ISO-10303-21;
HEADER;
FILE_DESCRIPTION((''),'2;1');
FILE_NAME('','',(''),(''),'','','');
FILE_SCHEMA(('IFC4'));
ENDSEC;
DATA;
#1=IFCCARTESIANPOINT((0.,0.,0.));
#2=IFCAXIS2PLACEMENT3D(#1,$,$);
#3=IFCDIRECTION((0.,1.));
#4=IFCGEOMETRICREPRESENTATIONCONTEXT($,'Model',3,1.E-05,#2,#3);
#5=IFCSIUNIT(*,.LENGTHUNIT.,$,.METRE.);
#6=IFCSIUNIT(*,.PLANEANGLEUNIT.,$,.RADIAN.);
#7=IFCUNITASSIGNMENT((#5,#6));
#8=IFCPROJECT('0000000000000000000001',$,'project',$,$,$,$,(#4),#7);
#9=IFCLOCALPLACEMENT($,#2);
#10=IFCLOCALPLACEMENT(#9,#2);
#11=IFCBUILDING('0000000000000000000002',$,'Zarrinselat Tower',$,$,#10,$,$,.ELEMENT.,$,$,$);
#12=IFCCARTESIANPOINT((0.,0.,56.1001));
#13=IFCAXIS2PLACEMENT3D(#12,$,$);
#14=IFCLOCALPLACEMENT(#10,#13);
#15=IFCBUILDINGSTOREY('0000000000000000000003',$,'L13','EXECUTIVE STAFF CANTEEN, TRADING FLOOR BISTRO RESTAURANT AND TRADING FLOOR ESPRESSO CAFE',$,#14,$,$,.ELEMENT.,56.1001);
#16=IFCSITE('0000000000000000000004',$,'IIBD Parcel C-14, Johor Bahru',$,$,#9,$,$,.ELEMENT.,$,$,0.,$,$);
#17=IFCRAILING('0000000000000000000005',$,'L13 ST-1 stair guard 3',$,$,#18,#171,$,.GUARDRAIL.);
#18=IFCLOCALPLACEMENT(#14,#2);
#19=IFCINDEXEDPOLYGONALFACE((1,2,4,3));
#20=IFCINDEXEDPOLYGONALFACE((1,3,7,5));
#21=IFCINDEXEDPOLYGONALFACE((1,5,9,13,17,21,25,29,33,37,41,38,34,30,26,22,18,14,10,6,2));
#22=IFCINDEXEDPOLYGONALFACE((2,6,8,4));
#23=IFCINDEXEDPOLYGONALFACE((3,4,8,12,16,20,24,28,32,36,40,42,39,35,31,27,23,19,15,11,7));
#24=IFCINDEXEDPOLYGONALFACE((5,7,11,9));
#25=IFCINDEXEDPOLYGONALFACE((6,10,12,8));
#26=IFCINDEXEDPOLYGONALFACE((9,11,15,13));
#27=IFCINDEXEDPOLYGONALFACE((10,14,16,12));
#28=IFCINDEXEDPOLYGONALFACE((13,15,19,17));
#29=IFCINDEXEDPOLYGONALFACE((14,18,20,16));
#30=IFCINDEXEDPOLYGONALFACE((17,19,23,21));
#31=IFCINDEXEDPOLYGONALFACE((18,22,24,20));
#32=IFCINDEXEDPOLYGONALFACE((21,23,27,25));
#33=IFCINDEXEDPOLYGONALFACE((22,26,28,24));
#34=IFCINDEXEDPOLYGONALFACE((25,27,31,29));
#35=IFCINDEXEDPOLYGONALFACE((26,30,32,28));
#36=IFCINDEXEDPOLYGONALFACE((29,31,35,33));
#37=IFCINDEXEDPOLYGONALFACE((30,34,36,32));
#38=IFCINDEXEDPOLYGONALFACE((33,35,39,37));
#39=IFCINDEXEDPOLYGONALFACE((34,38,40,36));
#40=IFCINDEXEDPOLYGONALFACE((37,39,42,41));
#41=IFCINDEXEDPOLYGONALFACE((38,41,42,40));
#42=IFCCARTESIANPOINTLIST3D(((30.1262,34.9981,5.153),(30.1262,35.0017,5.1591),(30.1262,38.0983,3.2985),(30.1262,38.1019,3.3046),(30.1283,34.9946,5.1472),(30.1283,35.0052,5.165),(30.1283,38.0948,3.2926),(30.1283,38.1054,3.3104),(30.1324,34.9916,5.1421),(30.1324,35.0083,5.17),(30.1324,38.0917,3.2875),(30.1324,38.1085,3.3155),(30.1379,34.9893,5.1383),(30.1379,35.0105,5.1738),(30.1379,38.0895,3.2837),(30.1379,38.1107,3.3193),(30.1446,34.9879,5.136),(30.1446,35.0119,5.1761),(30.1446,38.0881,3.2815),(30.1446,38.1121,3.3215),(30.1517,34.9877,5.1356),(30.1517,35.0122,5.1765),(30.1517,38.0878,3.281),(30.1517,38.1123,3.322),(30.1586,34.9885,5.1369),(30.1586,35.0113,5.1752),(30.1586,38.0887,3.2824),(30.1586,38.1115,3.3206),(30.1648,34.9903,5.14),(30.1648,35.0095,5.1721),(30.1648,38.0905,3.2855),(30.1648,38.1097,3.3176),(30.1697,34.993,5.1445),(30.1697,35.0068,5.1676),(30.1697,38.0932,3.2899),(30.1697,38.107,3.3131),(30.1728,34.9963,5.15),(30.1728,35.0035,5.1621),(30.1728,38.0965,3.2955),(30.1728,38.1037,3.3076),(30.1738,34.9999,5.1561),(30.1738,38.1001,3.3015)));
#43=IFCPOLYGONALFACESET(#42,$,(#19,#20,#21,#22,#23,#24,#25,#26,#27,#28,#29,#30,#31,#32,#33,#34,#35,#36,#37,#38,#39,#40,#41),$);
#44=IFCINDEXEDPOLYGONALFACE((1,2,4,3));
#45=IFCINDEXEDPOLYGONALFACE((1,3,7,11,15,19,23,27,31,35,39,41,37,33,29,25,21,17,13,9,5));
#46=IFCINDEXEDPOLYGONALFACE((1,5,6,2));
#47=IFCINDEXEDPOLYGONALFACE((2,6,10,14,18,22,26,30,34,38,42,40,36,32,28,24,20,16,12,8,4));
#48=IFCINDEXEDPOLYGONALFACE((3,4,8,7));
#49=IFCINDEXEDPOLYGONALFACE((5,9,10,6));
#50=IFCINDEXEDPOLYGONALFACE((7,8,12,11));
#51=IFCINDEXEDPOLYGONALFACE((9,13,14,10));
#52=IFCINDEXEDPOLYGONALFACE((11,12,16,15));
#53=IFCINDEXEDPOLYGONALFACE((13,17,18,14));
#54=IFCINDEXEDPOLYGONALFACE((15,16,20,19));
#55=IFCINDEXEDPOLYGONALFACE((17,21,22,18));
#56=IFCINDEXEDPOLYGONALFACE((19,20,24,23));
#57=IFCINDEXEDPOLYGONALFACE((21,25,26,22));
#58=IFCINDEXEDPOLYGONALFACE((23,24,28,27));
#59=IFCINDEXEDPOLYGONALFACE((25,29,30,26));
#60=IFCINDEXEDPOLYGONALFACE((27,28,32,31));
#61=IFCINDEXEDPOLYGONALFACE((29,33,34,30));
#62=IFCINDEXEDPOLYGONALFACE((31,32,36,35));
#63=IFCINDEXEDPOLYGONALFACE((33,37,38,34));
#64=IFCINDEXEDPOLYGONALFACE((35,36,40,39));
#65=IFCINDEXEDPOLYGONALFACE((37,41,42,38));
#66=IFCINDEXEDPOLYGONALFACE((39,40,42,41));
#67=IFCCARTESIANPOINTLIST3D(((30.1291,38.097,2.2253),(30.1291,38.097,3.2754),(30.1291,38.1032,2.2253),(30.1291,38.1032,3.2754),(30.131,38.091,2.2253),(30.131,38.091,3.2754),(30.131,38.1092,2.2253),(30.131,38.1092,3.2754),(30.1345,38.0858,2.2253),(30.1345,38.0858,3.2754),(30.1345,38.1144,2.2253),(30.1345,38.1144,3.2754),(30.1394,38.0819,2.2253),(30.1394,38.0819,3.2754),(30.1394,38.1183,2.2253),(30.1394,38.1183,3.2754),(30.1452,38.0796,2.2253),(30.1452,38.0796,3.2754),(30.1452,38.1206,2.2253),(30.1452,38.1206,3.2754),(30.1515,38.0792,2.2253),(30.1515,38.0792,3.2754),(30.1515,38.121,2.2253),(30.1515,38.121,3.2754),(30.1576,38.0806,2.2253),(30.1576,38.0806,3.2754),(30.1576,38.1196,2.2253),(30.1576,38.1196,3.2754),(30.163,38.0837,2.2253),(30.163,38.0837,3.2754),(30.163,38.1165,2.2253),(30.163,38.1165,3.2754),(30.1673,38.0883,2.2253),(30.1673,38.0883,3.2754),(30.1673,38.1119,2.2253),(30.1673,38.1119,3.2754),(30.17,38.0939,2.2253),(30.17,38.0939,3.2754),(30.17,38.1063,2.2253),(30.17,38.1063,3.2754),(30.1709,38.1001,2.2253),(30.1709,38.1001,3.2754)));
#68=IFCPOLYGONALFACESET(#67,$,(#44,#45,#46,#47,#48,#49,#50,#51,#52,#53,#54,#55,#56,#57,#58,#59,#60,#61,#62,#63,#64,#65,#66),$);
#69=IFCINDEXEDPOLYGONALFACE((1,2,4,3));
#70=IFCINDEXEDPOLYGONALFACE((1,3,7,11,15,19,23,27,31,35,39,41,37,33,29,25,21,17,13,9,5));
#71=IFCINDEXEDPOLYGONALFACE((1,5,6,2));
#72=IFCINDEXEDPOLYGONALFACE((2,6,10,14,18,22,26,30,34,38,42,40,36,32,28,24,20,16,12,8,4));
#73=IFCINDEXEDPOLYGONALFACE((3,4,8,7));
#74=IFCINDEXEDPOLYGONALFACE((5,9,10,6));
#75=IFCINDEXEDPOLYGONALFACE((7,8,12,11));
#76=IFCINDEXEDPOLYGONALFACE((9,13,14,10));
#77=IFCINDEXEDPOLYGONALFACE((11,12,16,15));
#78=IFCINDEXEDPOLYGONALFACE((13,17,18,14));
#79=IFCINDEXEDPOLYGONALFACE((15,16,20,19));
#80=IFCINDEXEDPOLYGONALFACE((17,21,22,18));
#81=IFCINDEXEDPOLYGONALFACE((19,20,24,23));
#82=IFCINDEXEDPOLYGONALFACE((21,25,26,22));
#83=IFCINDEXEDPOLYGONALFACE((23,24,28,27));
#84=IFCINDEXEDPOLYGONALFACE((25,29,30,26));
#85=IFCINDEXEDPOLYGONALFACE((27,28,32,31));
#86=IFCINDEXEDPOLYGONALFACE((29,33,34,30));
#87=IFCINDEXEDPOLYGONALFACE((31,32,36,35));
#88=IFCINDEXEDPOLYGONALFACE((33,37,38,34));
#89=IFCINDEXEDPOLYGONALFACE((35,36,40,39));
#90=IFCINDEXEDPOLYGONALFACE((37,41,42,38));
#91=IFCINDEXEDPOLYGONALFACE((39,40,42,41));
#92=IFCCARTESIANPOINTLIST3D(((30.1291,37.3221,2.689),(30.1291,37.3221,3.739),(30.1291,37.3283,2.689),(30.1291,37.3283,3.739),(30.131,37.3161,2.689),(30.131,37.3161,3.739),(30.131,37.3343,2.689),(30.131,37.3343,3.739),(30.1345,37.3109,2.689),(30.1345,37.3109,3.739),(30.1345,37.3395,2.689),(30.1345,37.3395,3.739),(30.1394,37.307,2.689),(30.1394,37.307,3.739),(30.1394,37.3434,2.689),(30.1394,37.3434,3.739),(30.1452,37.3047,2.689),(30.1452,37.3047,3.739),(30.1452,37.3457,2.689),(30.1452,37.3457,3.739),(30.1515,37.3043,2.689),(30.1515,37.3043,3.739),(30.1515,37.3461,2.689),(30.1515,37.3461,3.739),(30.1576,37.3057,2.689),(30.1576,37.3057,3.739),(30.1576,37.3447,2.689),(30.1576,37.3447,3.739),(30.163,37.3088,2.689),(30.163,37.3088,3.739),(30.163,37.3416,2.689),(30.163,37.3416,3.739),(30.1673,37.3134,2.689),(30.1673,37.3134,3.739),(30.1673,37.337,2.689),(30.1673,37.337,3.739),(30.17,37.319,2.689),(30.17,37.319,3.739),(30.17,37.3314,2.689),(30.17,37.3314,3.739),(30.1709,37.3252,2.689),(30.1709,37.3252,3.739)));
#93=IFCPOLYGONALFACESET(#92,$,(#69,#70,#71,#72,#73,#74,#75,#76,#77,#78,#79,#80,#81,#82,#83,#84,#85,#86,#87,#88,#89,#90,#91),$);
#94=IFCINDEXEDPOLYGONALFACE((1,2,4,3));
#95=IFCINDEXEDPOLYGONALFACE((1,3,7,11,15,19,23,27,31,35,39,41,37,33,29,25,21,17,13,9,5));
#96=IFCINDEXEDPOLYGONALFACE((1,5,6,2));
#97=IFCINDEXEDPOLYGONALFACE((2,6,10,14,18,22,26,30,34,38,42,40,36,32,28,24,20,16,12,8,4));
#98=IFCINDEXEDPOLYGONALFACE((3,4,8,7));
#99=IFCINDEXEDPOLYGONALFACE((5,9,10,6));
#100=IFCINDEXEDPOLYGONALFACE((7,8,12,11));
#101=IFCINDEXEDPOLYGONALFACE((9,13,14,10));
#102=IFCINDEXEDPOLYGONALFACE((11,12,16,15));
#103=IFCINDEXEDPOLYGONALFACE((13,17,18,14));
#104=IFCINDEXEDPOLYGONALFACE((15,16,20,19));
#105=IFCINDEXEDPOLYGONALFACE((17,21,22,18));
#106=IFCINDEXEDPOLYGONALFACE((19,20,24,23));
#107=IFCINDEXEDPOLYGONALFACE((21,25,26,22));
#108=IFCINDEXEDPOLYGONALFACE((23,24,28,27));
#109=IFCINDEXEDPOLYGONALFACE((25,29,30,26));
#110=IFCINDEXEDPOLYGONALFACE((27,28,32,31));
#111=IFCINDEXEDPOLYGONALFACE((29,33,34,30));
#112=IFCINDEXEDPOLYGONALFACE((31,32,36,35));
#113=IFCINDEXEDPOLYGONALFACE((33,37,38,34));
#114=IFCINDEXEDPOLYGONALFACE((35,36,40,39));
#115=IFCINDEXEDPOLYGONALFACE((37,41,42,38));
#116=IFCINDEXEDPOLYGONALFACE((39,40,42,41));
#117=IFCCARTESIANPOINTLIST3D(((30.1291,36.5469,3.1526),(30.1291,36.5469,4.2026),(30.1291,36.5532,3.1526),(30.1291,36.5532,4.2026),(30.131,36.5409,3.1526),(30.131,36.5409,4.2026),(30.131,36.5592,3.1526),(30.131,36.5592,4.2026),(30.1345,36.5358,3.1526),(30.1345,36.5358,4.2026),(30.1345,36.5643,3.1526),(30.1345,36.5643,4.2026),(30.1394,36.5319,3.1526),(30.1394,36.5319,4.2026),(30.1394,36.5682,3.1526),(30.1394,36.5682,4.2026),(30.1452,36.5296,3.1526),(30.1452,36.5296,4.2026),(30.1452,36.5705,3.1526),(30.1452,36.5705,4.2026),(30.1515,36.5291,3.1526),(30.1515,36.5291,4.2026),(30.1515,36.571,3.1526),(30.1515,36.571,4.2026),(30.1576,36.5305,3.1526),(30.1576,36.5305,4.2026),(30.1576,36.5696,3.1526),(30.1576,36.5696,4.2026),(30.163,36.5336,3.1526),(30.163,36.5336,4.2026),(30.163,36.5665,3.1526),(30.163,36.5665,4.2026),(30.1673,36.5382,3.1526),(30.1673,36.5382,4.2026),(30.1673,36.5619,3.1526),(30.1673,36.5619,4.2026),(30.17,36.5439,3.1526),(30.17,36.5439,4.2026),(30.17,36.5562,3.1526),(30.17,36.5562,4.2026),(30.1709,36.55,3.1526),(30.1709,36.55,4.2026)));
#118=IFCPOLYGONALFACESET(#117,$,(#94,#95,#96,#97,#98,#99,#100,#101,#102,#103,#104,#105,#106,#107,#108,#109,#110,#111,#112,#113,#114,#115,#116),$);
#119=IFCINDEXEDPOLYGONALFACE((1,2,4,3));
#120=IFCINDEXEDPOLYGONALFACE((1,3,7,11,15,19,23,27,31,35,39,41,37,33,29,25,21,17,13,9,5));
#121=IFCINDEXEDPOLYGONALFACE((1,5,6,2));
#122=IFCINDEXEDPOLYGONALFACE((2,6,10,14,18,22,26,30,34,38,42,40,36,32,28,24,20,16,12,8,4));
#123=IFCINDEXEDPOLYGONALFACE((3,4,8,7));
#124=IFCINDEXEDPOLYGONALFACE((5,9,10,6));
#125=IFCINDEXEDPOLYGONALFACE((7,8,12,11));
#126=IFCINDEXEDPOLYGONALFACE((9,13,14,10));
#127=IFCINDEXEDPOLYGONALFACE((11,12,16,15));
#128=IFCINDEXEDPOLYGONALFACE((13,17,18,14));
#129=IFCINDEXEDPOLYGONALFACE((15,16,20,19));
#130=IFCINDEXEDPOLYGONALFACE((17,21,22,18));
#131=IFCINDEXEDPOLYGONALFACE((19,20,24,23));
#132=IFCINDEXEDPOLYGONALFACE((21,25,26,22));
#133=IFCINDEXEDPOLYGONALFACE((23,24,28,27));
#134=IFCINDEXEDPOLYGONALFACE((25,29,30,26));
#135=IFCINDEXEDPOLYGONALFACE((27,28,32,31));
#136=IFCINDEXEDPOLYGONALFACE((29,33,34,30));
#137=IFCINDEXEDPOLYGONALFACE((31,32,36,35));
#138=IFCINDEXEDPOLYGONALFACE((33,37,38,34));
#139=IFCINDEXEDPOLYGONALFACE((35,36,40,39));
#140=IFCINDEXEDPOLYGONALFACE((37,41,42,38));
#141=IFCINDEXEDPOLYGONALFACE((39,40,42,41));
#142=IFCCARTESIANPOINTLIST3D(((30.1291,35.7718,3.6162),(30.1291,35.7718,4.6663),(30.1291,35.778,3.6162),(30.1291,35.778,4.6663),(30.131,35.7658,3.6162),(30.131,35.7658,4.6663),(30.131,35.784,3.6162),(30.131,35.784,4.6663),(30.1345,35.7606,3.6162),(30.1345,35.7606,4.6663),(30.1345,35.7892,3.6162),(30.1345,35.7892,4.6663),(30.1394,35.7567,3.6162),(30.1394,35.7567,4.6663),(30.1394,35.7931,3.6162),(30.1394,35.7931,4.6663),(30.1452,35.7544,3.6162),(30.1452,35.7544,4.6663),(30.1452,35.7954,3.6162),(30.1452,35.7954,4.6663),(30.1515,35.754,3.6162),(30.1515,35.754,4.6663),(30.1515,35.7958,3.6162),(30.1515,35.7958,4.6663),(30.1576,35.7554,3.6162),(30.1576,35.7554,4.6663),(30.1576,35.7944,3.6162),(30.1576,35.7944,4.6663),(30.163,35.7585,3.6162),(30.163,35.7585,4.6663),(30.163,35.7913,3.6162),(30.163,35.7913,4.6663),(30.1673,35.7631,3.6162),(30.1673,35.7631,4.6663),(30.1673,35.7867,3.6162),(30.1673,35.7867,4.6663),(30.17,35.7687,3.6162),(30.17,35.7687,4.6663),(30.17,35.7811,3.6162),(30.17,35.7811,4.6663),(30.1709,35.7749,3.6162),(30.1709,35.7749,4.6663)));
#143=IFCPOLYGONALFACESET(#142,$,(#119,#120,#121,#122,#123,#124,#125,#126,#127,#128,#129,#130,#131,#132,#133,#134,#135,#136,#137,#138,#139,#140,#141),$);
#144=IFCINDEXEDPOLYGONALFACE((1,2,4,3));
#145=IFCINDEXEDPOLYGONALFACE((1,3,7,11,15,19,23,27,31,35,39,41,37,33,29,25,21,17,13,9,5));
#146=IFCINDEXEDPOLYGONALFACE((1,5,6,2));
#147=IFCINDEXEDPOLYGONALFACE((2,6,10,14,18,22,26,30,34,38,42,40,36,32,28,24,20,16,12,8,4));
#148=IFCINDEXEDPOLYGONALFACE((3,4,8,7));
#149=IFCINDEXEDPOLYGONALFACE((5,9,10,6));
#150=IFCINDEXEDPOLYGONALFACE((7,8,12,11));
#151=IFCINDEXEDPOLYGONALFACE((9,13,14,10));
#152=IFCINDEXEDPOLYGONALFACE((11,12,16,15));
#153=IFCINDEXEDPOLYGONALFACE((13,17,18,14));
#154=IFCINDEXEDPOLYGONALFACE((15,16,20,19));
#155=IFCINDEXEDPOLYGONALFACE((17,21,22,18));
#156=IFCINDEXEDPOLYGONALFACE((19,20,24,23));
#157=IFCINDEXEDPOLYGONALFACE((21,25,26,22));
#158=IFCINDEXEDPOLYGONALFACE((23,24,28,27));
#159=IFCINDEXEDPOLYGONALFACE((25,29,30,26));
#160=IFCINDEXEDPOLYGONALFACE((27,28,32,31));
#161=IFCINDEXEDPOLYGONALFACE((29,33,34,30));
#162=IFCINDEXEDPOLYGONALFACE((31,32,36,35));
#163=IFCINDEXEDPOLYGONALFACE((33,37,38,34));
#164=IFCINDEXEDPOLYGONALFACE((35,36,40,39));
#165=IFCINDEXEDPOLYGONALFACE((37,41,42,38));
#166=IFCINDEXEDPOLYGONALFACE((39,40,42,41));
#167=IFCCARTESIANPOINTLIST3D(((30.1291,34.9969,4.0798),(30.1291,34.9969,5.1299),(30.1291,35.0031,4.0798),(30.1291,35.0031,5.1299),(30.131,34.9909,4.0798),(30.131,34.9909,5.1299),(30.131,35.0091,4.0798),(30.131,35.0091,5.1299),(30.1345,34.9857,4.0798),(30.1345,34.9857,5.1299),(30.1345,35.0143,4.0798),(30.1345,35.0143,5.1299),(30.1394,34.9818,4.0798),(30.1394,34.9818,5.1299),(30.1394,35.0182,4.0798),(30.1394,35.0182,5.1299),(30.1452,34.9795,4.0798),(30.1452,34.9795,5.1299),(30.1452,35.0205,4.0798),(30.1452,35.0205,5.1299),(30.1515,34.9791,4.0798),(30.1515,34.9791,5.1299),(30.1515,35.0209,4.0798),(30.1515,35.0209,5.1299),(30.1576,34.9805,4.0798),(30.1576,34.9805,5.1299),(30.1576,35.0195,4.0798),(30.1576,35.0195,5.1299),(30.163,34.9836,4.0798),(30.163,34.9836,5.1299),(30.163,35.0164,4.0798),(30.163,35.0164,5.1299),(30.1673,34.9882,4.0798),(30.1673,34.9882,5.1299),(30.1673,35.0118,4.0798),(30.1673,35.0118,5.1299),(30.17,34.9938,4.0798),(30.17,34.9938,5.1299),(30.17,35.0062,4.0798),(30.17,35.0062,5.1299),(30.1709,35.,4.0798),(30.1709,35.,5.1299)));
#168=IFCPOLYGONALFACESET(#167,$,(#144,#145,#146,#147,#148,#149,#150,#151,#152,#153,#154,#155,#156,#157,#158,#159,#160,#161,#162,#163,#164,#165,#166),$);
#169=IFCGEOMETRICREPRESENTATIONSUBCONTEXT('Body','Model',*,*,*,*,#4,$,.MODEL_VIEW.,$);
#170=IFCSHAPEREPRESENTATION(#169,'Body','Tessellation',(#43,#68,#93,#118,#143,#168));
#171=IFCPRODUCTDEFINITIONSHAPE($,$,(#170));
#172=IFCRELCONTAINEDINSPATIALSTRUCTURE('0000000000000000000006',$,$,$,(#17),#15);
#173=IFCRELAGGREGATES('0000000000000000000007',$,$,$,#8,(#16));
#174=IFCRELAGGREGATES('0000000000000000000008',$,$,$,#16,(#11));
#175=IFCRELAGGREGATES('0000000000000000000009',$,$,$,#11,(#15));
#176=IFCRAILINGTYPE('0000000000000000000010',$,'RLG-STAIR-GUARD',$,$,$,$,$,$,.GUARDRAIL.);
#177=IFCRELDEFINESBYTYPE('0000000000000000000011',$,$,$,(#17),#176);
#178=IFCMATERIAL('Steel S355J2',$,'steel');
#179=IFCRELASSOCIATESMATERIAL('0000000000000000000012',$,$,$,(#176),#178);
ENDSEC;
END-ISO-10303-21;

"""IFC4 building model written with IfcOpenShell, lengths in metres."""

from ifc_helpers import new_model, si_unit, direction, frame, origin, origin_2d, place, context, subcontext, project, spatial, circle, extrude, material, type_object, element, save


model = new_model("IFC4")

# Units and contexts
model_context = context("Model", 3, precision=1e-05, world=origin(), true_north=direction((0.0, 1.0)))
body_context = subcontext(model_context, "Body", "Model", "MODEL_VIEW")
ifc_project = project(units=[si_unit("LENGTHUNIT", "METRE"), si_unit("PLANEANGLEUNIT", "RADIAN")], contexts=[model_context])

# Site, building, storey
site_placement = place(None, origin())
site = spatial("IfcSite", under=ifc_project, at=site_placement, Name="IIBD Parcel C-14, Johor Bahru", CompositionType="ELEMENT", RefElevation=0.0)
building_placement = place(site_placement, origin())
building = spatial("IfcBuilding", under=site, at=building_placement, Name="Zarrinselat Tower", CompositionType="ELEMENT")
storey_placement = place(building_placement, frame((0.0, 0.0, 56.1001)))
storey = spatial("IfcBuildingStorey", under=building, at=storey_placement, Name="L13", Description="EXECUTIVE STAFF CANTEEN, TRADING FLOOR BISTRO RESTAURANT AND TRADING FLOOR ESPRESSO CAFE", CompositionType="ELEMENT", Elevation=56.1001)

# Railing
ifc_material_1 = material(Name="Steel S355J2", Category="steel")
railing_type_1 = type_object("IfcRailingType", Name="RLG-STAIR-GUARD", PredefinedType="GUARDRAIL", material=ifc_material_1)
railing_1_placement = place(storey_placement, frame((30.1499, 38.1001, 2.2253)))
element("IfcRailing", 1, at=railing_1_placement, inside=storey, type_object=railing_type_1, Name="L13 ST-1 stair guard 3", PredefinedType="GUARDRAIL", context=body_context, shape_type="SweptSolid", body=[
    extrude(circle(Radius=0.0239, at=origin_2d()), frame((0.0, 0.0, 1.0762), z_axis=(0.0, -0.858172, 0.513362), x_axis=(1.0, 0.0, 0.0)), (0.0, 0.0, 1.0), 3.6125),
    extrude(circle(Radius=0.021, at=origin_2d()), origin(), (0.0, 0.0, 1.0), 1.05),
    extrude(circle(Radius=0.021, at=origin_2d()), frame((0.0, -0.7749, 0.4636)), (0.0, 0.0, 1.0), 1.05),
    extrude(circle(Radius=0.021, at=origin_2d()), frame((0.0, -1.55, 0.9272)), (0.0, 0.0, 1.0), 1.05),
    extrude(circle(Radius=0.021, at=origin_2d()), frame((0.0, -2.3252, 1.3909)), (0.0, 0.0, 1.0), 1.05),
    extrude(circle(Radius=0.021, at=origin_2d()), frame((0.0, -3.1001, 1.8545)), (0.0, 0.0, 1.0), 1.05),
])

save(model, "model.ifc")
